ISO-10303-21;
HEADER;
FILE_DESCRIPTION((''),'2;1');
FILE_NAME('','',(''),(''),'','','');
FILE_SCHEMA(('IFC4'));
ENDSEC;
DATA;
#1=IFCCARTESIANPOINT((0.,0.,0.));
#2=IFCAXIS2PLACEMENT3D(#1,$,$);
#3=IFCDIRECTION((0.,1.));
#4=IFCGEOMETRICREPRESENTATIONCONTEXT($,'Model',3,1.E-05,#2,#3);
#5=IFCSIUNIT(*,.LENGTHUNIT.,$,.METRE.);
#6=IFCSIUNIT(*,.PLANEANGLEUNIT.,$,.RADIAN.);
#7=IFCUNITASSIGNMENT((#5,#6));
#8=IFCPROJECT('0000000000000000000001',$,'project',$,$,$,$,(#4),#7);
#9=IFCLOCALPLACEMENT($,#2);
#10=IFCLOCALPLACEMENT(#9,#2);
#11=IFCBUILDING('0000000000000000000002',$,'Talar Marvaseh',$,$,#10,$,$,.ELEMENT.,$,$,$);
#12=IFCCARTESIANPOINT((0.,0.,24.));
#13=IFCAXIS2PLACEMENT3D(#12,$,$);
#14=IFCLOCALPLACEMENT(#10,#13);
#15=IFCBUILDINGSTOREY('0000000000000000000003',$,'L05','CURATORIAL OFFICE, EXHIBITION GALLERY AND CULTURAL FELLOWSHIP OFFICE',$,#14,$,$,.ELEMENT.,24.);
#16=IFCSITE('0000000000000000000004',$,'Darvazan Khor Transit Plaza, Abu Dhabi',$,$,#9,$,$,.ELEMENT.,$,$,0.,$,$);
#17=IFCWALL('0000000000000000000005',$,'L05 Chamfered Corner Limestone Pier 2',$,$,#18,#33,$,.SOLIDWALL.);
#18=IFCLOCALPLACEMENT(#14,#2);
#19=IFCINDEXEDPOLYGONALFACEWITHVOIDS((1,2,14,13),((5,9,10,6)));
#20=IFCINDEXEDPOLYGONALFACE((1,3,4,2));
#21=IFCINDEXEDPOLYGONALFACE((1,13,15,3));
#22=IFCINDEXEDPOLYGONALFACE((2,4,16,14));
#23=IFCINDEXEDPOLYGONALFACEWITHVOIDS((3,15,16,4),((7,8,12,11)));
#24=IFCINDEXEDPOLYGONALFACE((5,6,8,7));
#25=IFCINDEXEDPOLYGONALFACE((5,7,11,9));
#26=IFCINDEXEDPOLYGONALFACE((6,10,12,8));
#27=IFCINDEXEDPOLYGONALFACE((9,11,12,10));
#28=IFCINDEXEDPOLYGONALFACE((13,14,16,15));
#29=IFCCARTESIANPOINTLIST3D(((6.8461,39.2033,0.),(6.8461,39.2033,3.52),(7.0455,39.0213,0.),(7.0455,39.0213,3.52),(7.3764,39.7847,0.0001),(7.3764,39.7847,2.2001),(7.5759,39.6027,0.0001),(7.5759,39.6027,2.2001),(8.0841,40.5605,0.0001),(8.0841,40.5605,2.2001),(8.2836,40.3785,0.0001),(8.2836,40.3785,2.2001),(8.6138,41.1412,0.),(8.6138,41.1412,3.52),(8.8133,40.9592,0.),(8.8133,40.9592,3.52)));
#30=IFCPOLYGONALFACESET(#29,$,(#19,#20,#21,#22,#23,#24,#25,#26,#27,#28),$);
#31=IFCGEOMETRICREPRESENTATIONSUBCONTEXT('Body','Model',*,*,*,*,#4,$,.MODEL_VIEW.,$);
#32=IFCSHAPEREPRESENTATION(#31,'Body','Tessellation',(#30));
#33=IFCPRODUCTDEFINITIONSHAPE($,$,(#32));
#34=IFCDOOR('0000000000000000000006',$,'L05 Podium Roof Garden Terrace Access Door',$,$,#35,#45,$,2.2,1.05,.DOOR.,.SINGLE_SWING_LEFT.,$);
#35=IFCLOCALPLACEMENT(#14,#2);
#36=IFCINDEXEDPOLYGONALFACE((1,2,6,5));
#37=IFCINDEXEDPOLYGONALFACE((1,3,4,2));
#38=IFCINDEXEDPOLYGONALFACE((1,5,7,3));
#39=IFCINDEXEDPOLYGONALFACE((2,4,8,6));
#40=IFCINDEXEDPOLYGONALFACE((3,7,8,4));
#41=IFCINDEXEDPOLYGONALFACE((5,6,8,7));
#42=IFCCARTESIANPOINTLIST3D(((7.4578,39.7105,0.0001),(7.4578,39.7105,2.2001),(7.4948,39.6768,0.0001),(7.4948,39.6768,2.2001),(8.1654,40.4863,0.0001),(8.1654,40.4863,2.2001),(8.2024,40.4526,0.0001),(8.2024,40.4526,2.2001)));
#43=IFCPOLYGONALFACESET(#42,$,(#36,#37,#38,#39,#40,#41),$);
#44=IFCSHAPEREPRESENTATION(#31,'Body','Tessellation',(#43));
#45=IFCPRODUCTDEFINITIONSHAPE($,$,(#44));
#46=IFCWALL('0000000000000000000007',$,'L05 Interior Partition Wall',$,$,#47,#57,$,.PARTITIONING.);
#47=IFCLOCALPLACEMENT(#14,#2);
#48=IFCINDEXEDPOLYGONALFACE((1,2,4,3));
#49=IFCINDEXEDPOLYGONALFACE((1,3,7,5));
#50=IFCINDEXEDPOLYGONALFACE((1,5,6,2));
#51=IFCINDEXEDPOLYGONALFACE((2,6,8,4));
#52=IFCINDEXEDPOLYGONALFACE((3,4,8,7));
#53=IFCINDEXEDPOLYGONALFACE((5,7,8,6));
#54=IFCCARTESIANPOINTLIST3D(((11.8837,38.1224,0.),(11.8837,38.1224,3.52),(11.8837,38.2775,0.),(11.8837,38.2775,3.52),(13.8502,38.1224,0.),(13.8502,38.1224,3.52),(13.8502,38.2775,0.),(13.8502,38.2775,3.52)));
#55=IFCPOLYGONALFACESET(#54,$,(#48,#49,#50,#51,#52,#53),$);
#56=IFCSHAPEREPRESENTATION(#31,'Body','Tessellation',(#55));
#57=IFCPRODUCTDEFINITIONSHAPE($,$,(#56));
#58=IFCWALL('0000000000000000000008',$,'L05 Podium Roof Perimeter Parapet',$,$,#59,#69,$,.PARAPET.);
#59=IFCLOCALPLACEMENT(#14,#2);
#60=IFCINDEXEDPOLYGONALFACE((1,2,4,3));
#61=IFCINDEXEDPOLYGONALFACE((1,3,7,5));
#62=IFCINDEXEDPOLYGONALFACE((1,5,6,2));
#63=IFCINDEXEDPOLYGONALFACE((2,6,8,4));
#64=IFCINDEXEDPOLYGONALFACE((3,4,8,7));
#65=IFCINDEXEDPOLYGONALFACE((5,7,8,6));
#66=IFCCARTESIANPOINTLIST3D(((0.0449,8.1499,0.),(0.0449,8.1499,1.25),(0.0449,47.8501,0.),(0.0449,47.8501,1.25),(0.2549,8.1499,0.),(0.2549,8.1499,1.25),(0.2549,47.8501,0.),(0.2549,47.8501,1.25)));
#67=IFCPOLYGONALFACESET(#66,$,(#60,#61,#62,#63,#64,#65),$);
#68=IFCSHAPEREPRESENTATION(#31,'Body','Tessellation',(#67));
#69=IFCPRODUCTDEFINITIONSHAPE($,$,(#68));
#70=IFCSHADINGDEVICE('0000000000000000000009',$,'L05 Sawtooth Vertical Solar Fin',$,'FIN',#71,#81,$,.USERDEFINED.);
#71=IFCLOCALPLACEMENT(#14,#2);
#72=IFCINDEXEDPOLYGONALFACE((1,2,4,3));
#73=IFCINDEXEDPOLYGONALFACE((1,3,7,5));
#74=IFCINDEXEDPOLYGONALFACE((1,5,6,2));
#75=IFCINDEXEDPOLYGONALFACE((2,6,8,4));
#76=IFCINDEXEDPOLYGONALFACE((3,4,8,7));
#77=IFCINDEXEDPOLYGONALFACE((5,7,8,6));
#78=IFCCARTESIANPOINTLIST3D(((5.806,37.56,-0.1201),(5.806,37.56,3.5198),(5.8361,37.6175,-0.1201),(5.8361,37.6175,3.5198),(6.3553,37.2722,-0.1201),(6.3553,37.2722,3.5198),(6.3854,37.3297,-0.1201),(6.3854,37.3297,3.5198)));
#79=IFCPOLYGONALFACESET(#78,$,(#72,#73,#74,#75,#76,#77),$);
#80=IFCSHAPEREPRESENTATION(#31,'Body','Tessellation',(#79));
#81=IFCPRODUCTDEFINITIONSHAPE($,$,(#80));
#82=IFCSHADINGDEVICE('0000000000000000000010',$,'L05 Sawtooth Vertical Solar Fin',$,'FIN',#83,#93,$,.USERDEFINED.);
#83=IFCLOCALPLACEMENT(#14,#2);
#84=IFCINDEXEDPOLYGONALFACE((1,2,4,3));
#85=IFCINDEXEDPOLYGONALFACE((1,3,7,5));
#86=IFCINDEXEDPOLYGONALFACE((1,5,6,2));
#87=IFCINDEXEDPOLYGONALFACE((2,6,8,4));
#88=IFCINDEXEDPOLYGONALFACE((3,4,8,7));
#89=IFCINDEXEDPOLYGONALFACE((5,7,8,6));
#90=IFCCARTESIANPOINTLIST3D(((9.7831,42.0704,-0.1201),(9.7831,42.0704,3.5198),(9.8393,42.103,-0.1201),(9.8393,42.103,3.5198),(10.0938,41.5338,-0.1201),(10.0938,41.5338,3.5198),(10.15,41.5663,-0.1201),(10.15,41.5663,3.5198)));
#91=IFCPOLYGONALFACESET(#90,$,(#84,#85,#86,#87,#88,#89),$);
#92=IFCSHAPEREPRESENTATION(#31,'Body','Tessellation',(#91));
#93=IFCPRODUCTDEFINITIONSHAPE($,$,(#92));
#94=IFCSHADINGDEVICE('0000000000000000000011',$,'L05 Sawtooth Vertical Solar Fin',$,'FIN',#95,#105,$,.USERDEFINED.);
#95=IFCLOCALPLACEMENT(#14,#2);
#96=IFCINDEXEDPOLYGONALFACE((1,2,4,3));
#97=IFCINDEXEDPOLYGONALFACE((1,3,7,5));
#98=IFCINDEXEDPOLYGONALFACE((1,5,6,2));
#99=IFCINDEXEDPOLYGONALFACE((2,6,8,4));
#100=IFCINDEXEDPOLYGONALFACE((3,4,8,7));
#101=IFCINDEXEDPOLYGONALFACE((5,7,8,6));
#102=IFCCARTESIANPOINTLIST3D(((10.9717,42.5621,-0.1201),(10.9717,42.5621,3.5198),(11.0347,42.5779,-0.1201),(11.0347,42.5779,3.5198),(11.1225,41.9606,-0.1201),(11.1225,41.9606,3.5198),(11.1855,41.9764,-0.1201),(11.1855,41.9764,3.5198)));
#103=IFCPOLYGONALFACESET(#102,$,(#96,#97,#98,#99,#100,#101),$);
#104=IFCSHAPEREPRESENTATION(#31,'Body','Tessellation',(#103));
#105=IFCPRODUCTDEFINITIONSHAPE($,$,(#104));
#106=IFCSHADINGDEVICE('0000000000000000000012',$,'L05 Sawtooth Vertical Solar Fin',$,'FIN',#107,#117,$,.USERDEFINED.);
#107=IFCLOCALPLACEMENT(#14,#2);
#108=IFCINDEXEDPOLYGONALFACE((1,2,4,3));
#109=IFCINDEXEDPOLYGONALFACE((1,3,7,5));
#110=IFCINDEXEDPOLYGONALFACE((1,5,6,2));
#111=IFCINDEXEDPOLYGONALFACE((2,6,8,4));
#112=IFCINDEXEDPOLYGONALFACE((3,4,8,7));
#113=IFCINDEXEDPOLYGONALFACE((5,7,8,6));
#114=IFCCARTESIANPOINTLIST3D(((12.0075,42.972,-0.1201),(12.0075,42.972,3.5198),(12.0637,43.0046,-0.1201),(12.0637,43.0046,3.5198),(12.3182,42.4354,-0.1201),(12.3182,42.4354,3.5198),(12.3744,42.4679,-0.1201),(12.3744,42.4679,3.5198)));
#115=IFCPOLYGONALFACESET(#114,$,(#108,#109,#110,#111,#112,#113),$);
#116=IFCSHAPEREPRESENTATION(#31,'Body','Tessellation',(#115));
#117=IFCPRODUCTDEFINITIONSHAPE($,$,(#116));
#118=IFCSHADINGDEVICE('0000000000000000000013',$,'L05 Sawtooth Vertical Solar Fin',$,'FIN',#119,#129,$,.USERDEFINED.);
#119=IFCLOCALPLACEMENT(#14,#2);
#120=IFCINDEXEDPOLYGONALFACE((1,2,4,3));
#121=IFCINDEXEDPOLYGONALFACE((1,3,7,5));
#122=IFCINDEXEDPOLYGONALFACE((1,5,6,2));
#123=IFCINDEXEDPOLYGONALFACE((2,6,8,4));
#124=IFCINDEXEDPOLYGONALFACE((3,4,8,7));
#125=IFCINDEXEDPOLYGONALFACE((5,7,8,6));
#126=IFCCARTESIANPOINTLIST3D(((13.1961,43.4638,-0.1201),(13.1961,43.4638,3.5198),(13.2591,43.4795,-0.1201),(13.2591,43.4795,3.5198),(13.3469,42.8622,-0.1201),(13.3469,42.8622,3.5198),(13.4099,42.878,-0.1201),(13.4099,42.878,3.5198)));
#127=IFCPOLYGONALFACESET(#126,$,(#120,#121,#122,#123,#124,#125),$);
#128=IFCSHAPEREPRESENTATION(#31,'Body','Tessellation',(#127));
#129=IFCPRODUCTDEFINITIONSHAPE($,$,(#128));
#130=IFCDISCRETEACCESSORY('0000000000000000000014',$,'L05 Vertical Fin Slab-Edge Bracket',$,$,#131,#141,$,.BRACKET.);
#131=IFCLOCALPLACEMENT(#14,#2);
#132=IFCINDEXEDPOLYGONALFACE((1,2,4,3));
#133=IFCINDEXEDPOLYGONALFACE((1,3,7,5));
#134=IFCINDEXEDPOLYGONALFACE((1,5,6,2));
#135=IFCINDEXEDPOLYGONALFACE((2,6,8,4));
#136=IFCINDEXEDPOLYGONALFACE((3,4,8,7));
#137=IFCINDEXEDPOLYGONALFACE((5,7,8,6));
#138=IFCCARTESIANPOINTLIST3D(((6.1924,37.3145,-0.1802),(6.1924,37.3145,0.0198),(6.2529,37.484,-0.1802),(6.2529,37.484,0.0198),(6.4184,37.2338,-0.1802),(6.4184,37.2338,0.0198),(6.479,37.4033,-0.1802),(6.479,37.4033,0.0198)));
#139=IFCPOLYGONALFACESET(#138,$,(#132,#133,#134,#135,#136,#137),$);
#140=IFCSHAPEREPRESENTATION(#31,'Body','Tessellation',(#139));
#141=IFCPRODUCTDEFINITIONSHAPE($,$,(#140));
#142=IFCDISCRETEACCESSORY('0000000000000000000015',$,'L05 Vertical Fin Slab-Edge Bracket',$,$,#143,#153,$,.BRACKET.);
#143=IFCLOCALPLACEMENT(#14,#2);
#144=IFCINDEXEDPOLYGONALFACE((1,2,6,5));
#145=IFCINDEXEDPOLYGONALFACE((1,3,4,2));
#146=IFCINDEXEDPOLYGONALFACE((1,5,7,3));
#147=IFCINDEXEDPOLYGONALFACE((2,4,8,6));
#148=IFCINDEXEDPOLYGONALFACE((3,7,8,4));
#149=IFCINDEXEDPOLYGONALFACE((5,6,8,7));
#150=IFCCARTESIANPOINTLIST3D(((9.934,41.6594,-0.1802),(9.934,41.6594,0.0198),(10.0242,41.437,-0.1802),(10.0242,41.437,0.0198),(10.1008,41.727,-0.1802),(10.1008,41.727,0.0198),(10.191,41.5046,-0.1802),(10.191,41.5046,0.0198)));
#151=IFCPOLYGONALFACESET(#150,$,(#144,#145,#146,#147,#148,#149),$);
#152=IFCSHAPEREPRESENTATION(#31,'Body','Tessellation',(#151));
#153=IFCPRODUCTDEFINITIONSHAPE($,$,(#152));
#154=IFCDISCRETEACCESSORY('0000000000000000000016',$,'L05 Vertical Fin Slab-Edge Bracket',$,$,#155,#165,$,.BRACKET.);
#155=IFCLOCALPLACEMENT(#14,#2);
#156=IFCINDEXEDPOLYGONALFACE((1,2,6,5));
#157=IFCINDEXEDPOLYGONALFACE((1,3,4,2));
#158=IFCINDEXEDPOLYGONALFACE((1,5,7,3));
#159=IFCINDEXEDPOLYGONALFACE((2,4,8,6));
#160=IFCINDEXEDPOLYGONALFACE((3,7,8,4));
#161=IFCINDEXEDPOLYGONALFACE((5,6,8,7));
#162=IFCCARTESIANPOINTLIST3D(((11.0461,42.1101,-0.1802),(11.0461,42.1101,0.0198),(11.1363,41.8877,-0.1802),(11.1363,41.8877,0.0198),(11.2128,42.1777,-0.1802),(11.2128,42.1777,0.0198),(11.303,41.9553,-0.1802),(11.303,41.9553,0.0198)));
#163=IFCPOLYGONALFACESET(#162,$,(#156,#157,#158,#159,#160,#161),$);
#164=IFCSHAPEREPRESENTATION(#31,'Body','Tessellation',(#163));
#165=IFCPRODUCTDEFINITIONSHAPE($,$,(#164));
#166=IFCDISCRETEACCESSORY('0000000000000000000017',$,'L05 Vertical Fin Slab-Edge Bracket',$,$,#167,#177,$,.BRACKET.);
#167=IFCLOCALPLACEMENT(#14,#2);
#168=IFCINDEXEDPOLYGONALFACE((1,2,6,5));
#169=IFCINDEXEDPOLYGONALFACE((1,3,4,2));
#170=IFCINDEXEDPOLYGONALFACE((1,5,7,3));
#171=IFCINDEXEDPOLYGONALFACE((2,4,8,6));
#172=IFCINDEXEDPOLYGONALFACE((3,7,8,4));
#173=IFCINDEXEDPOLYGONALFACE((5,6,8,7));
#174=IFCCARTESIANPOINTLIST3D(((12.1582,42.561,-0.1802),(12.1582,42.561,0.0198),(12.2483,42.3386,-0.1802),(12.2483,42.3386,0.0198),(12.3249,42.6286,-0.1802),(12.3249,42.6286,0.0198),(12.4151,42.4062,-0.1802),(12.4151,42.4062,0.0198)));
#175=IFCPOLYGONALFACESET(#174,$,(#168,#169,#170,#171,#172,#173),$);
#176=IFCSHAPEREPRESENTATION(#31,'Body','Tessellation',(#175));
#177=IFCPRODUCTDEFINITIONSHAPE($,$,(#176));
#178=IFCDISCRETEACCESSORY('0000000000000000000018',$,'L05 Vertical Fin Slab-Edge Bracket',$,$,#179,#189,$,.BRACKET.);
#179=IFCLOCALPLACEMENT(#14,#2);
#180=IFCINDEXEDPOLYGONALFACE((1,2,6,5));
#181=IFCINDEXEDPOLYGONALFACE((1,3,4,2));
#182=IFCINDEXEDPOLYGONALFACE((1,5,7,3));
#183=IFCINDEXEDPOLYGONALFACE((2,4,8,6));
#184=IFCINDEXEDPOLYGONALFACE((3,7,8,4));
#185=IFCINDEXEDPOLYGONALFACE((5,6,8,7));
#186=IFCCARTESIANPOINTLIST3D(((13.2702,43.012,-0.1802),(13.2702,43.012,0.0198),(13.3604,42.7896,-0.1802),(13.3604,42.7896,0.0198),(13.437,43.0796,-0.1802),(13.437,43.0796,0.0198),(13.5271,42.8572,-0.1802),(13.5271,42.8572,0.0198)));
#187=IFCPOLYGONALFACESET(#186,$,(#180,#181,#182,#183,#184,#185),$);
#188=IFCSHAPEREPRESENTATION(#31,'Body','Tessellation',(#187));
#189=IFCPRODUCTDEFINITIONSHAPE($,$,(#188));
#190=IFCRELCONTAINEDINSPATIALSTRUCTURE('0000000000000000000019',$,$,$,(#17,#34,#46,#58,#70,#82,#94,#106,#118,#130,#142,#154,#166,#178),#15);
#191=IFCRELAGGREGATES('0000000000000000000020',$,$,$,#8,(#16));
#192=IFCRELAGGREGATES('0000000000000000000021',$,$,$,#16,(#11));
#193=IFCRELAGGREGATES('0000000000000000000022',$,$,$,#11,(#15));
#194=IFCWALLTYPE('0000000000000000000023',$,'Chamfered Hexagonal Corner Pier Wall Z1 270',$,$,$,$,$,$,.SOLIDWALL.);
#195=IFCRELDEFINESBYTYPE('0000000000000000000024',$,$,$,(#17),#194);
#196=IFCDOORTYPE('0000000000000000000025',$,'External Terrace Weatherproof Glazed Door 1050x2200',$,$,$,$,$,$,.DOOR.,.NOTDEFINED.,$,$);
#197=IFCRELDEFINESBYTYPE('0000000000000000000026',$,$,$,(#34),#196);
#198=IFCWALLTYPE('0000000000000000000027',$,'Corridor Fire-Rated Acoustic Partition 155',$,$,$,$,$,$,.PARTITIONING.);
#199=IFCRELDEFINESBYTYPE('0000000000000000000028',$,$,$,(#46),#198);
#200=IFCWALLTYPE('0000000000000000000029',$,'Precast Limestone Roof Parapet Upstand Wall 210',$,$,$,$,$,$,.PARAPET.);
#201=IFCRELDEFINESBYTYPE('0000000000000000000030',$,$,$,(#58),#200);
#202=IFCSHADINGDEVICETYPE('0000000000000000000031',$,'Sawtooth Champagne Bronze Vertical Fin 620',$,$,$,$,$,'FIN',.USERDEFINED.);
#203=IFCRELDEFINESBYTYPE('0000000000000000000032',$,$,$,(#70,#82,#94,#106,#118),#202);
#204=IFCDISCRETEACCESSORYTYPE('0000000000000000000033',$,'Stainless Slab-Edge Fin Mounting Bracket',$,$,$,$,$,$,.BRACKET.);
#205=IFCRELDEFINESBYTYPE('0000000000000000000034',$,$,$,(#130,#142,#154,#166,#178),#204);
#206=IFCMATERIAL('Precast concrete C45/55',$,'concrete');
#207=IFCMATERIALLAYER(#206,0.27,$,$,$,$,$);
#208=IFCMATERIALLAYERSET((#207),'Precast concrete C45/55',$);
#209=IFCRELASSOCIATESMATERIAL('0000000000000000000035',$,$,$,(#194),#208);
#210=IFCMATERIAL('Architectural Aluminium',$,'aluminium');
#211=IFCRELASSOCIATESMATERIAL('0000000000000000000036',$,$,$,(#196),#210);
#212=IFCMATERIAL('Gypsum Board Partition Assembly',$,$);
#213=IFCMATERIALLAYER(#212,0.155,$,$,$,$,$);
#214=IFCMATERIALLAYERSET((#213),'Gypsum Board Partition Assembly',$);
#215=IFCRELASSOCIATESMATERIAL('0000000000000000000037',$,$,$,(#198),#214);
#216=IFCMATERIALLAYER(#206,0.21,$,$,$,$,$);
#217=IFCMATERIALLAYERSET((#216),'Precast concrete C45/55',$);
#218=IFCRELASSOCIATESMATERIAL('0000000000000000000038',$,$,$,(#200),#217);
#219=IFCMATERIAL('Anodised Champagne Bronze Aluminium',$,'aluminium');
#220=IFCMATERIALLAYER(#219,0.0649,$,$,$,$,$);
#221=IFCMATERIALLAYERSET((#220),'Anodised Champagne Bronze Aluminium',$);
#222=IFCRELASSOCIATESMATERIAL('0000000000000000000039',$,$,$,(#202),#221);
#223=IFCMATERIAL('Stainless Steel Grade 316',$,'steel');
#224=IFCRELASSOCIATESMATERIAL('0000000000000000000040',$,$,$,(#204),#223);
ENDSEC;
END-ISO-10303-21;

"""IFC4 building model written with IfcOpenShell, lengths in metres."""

from ifc_helpers import new_model, si_unit, direction, frame, frame_2d, origin, origin_2d, place, context, subcontext, project, spatial, rectangle, extrude, source, transform, mapped, material, layer, layer_set, type_object, type_shapes, element, fill, save


model = new_model("IFC4")

# Units and contexts
model_context = context("Model", 3, precision=1e-05, world=origin(), true_north=direction((0.0, 1.0)))
body_context = subcontext(model_context, "Body", "Model", "MODEL_VIEW")
ifc_project = project(units=[si_unit("LENGTHUNIT", "METRE"), si_unit("PLANEANGLEUNIT", "RADIAN")], contexts=[model_context])

# Site, building, storey
site_placement = place(None, origin())
site = spatial("IfcSite", under=ifc_project, at=site_placement, Name="Darvazan Khor Transit Plaza, Abu Dhabi", CompositionType="ELEMENT", RefElevation=0.0)
building_placement = place(site_placement, origin())
building = spatial("IfcBuilding", under=site, at=building_placement, Name="Talar Marvaseh", CompositionType="ELEMENT")
storey_placement = place(building_placement, frame((0.0, 0.0, 24.0)))
storey = spatial("IfcBuildingStorey", under=building, at=storey_placement, Name="L05", Description="CURATORIAL OFFICE, EXHIBITION GALLERY AND CULTURAL FELLOWSHIP OFFICE", CompositionType="ELEMENT", Elevation=24.0)

# Shared definitions
ifc_material_1 = material(Name="Architectural Aluminium", Category="aluminium")

# Wall, opening, door
ifc_material_2 = material(Name="Precast concrete C45/55", Category="concrete")
ifc_layer_1 = layer(ifc_material_2, 0.27)
ifc_layer_set_1 = layer_set([ifc_layer_1], Name="Precast concrete C45/55")
wall_type_1 = type_object("IfcWallType", Name="Chamfered Hexagonal Corner Pier Wall Z1 270", PredefinedType="SOLIDWALL", material=ifc_layer_set_1)
wall_1_placement = place(storey_placement, frame((6.9458, 39.1123, 0.0), z_axis=(0.0, 0.0, 1.0), x_axis=(0.673927, 0.738798, 0.0)))
wall_1 = element("IfcWall", 1, at=wall_1_placement, inside=storey, type_object=wall_type_1, Name="L05 Chamfered Corner Limestone Pier 2", PredefinedType="SOLIDWALL", context=body_context, shape_type="SweptSolid", body=[
    extrude(rectangle(XDim=2.623, YDim=0.27, at=frame_2d((1.3115, 0.0))), origin(), (0.0, 0.0, 1.0), 3.52),
])
opening_placement = place(wall_1_placement, frame((0.7871, 0.0, 0.0)))
opening = element("IfcOpeningElement", 2, at=opening_placement, cuts=wall_1, PredefinedType="OPENING", context=body_context, shape_type="SweptSolid", body=[
    extrude(rectangle(XDim=1.05, YDim=2.2, at=frame_2d((0.5249, 1.1001))), frame((0.0, 0.145, 0.0), z_axis=(0.0, -1.0, 0.0), x_axis=(1.0, 0.0, 0.0)), (0.0, 0.0, 1.0), 0.29),
])
door_type = type_object("IfcDoorType", Name="External Terrace Weatherproof Glazed Door 1050x2200", OperationType="NOTDEFINED", PredefinedType="DOOR", material=ifc_material_1)
shared_shape_1 = source(origin(), body_context, "Body", "SweptSolid", [
    extrude(rectangle(XDim=1.05, YDim=2.2, at=frame_2d((0.5249, 1.1001))), frame((0.0, 0.0249, 0.0), z_axis=(0.0, -1.0, 0.0), x_axis=(1.0, 0.0, 0.0)), (0.0, 0.0, 1.0), 0.05),
])
type_shapes(door_type, [shared_shape_1])
door_placement = place(opening_placement, origin())
door = element("IfcDoor", 3, at=door_placement, inside=storey, type_object=door_type, Name="L05 Podium Roof Garden Terrace Access Door", OperationType="SINGLE_SWING_LEFT", OverallHeight=2.2, OverallWidth=1.05, PredefinedType="DOOR", context=body_context, shape_type="MappedRepresentation", body=[
    mapped(shared_shape_1, transform((0.0, 0.0, 0.0), x_axis=(1.0, 0.0, 0.0), y_axis=(0.0, 1.0, 0.0), z_axis=(0.0, 0.0, 1.0), scale=1.0)),
])
fill(opening, door)

# Walls
ifc_material_3 = material(Name="Gypsum Board Partition Assembly")
ifc_layer_2 = layer(ifc_material_3, 0.155)
ifc_layer_set_2 = layer_set([ifc_layer_2], Name="Gypsum Board Partition Assembly")
wall_type_2 = type_object("IfcWallType", Name="Corridor Fire-Rated Acoustic Partition 155", PredefinedType="PARTITIONING", material=ifc_layer_set_2)
wall_2_placement = place(storey_placement, frame((11.8835, 38.2, 0.0), z_axis=(0.0, 0.0, 1.0), x_axis=(1.0, 0.0, 0.0)))
element("IfcWall", 4, at=wall_2_placement, inside=storey, type_object=wall_type_2, Name="L05 Interior Partition Wall", PredefinedType="PARTITIONING", context=body_context, shape_type="SweptSolid", body=[
    extrude(rectangle(XDim=1.9666, YDim=0.155, at=frame_2d((0.9834, 0.0))), origin(), (0.0, 0.0, 1.0), 3.52),
])
ifc_layer_3 = layer(ifc_material_2, 0.21)
ifc_layer_set_3 = layer_set([ifc_layer_3], Name="Precast concrete C45/55")
wall_type_3 = type_object("IfcWallType", Name="Precast Limestone Roof Parapet Upstand Wall 210", PredefinedType="PARAPET", material=ifc_layer_set_3)
wall_3_placement = place(storey_placement, frame((0.1499, 47.8501, 0.0), z_axis=(0.0, 0.0, 1.0), x_axis=(0.0, -1.0, 0.0)))
element("IfcWall", 5, at=wall_3_placement, inside=storey, type_object=wall_type_3, Name="L05 Podium Roof Perimeter Parapet", PredefinedType="PARAPET", context=body_context, shape_type="SweptSolid", body=[
    extrude(rectangle(XDim=39.7002, YDim=0.21, at=frame_2d((19.8501, 0.0))), origin(), (0.0, 0.0, 1.0), 1.25),
])

# Shading devices
ifc_material_4 = material(Name="Anodised Champagne Bronze Aluminium", Category="aluminium")
ifc_layer_4 = layer(ifc_material_4, 0.0649)
ifc_layer_set_4 = layer_set([ifc_layer_4], Name="Anodised Champagne Bronze Aluminium")
shading_device_type = type_object("IfcShadingDeviceType", Name="Sawtooth Champagne Bronze Vertical Fin 620", ElementType="FIN", PredefinedType="USERDEFINED", material=ifc_layer_set_4)
shared_shape_2 = source(origin(), body_context, "Body", "SweptSolid", [
    extrude(rectangle(XDim=0.6201, YDim=0.0649, at=origin_2d()), origin(), (0.0, 0.0, 1.0), 3.6399),
])
type_shapes(shading_device_type, [shared_shape_2])
for number, where, z_axis, x_axis, name in (
    (6, (6.0957, 37.4448, -0.1201), (0.0, 0.0, 1.0), (-0.885799, 0.464069, 0.0), "L05 Sawtooth Vertical Solar Fin"),
    (7, (9.9666, 41.8184, -0.1201), (0.0, 0.0, 1.0), (-0.501058, 0.865414, 0.0), "L05 Sawtooth Vertical Solar Fin"),
    (8, (11.0786, 42.2693, -0.1201), (0.0, 0.0, 1.0), (-0.243107, 0.969999, 0.0), "L05 Sawtooth Vertical Solar Fin"),
    (9, (12.1909, 42.72, -0.1201), (0.0, 0.0, 1.0), (-0.501058, 0.865414, 0.0), "L05 Sawtooth Vertical Solar Fin"),
    (10, (13.303, 43.1709, -0.1201), (0.0, 0.0, 1.0), (-0.243107, 0.969999, 0.0), "L05 Sawtooth Vertical Solar Fin"),
):
    element("IfcShadingDevice", number, at=place(storey_placement, frame(where, z_axis=z_axis, x_axis=x_axis)), inside=storey, type_object=shading_device_type, Name=name, ObjectType="FIN", PredefinedType="USERDEFINED", context=body_context, shape_type="MappedRepresentation", body=[
        mapped(shared_shape_2, transform((0.0, 0.0, 0.0), x_axis=(1.0, 0.0, 0.0), y_axis=(0.0, 1.0, 0.0), z_axis=(0.0, 0.0, 1.0), scale=1.0)),
    ])

# Discrete accessories
ifc_material_5 = material(Name="Stainless Steel Grade 316", Category="steel")
discrete_accessory_type = type_object("IfcDiscreteAccessoryType", Name="Stainless Slab-Edge Fin Mounting Bracket", PredefinedType="BRACKET", material=ifc_material_5)
shared_shape_3 = source(origin(), body_context, "Body", "SweptSolid", [
    extrude(rectangle(XDim=0.24, YDim=0.1799, at=origin_2d()), origin(), (0.0, 0.0, 1.0), 0.2),
])
type_shapes(discrete_accessory_type, [shared_shape_3])
for number, where, z_axis, x_axis, name in (
    (11, (6.3357, 37.3589, -0.1802), (0.0, 0.0, 1.0), (-0.941764, 0.336274, 0.0), "L05 Vertical Fin Slab-Edge Bracket"),
    (12, (10.0625, 41.582, -0.1802), (0.0, 0.0, 1.0), (-0.375739, 0.926725, 0.0), "L05 Vertical Fin Slab-Edge Bracket"),
    (13, (11.1746, 42.0327, -0.1802), (0.0, 0.0, 1.0), (-0.375739, 0.926725, 0.0), "L05 Vertical Fin Slab-Edge Bracket"),
    (14, (12.2866, 42.4836, -0.1802), (0.0, 0.0, 1.0), (-0.375739, 0.926725, 0.0), "L05 Vertical Fin Slab-Edge Bracket"),
    (15, (13.3987, 42.9346, -0.1802), (0.0, 0.0, 1.0), (-0.375739, 0.926725, 0.0), "L05 Vertical Fin Slab-Edge Bracket"),
):
    element("IfcDiscreteAccessory", number, at=place(storey_placement, frame(where, z_axis=z_axis, x_axis=x_axis)), inside=storey, type_object=discrete_accessory_type, Name=name, PredefinedType="BRACKET", context=body_context, shape_type="MappedRepresentation", body=[
        mapped(shared_shape_3, transform((0.0, 0.0, 0.0), x_axis=(1.0, 0.0, 0.0), y_axis=(0.0, 1.0, 0.0), z_axis=(0.0, 0.0, 1.0), scale=1.0)),
    ])

save(model, "model.ifc")
